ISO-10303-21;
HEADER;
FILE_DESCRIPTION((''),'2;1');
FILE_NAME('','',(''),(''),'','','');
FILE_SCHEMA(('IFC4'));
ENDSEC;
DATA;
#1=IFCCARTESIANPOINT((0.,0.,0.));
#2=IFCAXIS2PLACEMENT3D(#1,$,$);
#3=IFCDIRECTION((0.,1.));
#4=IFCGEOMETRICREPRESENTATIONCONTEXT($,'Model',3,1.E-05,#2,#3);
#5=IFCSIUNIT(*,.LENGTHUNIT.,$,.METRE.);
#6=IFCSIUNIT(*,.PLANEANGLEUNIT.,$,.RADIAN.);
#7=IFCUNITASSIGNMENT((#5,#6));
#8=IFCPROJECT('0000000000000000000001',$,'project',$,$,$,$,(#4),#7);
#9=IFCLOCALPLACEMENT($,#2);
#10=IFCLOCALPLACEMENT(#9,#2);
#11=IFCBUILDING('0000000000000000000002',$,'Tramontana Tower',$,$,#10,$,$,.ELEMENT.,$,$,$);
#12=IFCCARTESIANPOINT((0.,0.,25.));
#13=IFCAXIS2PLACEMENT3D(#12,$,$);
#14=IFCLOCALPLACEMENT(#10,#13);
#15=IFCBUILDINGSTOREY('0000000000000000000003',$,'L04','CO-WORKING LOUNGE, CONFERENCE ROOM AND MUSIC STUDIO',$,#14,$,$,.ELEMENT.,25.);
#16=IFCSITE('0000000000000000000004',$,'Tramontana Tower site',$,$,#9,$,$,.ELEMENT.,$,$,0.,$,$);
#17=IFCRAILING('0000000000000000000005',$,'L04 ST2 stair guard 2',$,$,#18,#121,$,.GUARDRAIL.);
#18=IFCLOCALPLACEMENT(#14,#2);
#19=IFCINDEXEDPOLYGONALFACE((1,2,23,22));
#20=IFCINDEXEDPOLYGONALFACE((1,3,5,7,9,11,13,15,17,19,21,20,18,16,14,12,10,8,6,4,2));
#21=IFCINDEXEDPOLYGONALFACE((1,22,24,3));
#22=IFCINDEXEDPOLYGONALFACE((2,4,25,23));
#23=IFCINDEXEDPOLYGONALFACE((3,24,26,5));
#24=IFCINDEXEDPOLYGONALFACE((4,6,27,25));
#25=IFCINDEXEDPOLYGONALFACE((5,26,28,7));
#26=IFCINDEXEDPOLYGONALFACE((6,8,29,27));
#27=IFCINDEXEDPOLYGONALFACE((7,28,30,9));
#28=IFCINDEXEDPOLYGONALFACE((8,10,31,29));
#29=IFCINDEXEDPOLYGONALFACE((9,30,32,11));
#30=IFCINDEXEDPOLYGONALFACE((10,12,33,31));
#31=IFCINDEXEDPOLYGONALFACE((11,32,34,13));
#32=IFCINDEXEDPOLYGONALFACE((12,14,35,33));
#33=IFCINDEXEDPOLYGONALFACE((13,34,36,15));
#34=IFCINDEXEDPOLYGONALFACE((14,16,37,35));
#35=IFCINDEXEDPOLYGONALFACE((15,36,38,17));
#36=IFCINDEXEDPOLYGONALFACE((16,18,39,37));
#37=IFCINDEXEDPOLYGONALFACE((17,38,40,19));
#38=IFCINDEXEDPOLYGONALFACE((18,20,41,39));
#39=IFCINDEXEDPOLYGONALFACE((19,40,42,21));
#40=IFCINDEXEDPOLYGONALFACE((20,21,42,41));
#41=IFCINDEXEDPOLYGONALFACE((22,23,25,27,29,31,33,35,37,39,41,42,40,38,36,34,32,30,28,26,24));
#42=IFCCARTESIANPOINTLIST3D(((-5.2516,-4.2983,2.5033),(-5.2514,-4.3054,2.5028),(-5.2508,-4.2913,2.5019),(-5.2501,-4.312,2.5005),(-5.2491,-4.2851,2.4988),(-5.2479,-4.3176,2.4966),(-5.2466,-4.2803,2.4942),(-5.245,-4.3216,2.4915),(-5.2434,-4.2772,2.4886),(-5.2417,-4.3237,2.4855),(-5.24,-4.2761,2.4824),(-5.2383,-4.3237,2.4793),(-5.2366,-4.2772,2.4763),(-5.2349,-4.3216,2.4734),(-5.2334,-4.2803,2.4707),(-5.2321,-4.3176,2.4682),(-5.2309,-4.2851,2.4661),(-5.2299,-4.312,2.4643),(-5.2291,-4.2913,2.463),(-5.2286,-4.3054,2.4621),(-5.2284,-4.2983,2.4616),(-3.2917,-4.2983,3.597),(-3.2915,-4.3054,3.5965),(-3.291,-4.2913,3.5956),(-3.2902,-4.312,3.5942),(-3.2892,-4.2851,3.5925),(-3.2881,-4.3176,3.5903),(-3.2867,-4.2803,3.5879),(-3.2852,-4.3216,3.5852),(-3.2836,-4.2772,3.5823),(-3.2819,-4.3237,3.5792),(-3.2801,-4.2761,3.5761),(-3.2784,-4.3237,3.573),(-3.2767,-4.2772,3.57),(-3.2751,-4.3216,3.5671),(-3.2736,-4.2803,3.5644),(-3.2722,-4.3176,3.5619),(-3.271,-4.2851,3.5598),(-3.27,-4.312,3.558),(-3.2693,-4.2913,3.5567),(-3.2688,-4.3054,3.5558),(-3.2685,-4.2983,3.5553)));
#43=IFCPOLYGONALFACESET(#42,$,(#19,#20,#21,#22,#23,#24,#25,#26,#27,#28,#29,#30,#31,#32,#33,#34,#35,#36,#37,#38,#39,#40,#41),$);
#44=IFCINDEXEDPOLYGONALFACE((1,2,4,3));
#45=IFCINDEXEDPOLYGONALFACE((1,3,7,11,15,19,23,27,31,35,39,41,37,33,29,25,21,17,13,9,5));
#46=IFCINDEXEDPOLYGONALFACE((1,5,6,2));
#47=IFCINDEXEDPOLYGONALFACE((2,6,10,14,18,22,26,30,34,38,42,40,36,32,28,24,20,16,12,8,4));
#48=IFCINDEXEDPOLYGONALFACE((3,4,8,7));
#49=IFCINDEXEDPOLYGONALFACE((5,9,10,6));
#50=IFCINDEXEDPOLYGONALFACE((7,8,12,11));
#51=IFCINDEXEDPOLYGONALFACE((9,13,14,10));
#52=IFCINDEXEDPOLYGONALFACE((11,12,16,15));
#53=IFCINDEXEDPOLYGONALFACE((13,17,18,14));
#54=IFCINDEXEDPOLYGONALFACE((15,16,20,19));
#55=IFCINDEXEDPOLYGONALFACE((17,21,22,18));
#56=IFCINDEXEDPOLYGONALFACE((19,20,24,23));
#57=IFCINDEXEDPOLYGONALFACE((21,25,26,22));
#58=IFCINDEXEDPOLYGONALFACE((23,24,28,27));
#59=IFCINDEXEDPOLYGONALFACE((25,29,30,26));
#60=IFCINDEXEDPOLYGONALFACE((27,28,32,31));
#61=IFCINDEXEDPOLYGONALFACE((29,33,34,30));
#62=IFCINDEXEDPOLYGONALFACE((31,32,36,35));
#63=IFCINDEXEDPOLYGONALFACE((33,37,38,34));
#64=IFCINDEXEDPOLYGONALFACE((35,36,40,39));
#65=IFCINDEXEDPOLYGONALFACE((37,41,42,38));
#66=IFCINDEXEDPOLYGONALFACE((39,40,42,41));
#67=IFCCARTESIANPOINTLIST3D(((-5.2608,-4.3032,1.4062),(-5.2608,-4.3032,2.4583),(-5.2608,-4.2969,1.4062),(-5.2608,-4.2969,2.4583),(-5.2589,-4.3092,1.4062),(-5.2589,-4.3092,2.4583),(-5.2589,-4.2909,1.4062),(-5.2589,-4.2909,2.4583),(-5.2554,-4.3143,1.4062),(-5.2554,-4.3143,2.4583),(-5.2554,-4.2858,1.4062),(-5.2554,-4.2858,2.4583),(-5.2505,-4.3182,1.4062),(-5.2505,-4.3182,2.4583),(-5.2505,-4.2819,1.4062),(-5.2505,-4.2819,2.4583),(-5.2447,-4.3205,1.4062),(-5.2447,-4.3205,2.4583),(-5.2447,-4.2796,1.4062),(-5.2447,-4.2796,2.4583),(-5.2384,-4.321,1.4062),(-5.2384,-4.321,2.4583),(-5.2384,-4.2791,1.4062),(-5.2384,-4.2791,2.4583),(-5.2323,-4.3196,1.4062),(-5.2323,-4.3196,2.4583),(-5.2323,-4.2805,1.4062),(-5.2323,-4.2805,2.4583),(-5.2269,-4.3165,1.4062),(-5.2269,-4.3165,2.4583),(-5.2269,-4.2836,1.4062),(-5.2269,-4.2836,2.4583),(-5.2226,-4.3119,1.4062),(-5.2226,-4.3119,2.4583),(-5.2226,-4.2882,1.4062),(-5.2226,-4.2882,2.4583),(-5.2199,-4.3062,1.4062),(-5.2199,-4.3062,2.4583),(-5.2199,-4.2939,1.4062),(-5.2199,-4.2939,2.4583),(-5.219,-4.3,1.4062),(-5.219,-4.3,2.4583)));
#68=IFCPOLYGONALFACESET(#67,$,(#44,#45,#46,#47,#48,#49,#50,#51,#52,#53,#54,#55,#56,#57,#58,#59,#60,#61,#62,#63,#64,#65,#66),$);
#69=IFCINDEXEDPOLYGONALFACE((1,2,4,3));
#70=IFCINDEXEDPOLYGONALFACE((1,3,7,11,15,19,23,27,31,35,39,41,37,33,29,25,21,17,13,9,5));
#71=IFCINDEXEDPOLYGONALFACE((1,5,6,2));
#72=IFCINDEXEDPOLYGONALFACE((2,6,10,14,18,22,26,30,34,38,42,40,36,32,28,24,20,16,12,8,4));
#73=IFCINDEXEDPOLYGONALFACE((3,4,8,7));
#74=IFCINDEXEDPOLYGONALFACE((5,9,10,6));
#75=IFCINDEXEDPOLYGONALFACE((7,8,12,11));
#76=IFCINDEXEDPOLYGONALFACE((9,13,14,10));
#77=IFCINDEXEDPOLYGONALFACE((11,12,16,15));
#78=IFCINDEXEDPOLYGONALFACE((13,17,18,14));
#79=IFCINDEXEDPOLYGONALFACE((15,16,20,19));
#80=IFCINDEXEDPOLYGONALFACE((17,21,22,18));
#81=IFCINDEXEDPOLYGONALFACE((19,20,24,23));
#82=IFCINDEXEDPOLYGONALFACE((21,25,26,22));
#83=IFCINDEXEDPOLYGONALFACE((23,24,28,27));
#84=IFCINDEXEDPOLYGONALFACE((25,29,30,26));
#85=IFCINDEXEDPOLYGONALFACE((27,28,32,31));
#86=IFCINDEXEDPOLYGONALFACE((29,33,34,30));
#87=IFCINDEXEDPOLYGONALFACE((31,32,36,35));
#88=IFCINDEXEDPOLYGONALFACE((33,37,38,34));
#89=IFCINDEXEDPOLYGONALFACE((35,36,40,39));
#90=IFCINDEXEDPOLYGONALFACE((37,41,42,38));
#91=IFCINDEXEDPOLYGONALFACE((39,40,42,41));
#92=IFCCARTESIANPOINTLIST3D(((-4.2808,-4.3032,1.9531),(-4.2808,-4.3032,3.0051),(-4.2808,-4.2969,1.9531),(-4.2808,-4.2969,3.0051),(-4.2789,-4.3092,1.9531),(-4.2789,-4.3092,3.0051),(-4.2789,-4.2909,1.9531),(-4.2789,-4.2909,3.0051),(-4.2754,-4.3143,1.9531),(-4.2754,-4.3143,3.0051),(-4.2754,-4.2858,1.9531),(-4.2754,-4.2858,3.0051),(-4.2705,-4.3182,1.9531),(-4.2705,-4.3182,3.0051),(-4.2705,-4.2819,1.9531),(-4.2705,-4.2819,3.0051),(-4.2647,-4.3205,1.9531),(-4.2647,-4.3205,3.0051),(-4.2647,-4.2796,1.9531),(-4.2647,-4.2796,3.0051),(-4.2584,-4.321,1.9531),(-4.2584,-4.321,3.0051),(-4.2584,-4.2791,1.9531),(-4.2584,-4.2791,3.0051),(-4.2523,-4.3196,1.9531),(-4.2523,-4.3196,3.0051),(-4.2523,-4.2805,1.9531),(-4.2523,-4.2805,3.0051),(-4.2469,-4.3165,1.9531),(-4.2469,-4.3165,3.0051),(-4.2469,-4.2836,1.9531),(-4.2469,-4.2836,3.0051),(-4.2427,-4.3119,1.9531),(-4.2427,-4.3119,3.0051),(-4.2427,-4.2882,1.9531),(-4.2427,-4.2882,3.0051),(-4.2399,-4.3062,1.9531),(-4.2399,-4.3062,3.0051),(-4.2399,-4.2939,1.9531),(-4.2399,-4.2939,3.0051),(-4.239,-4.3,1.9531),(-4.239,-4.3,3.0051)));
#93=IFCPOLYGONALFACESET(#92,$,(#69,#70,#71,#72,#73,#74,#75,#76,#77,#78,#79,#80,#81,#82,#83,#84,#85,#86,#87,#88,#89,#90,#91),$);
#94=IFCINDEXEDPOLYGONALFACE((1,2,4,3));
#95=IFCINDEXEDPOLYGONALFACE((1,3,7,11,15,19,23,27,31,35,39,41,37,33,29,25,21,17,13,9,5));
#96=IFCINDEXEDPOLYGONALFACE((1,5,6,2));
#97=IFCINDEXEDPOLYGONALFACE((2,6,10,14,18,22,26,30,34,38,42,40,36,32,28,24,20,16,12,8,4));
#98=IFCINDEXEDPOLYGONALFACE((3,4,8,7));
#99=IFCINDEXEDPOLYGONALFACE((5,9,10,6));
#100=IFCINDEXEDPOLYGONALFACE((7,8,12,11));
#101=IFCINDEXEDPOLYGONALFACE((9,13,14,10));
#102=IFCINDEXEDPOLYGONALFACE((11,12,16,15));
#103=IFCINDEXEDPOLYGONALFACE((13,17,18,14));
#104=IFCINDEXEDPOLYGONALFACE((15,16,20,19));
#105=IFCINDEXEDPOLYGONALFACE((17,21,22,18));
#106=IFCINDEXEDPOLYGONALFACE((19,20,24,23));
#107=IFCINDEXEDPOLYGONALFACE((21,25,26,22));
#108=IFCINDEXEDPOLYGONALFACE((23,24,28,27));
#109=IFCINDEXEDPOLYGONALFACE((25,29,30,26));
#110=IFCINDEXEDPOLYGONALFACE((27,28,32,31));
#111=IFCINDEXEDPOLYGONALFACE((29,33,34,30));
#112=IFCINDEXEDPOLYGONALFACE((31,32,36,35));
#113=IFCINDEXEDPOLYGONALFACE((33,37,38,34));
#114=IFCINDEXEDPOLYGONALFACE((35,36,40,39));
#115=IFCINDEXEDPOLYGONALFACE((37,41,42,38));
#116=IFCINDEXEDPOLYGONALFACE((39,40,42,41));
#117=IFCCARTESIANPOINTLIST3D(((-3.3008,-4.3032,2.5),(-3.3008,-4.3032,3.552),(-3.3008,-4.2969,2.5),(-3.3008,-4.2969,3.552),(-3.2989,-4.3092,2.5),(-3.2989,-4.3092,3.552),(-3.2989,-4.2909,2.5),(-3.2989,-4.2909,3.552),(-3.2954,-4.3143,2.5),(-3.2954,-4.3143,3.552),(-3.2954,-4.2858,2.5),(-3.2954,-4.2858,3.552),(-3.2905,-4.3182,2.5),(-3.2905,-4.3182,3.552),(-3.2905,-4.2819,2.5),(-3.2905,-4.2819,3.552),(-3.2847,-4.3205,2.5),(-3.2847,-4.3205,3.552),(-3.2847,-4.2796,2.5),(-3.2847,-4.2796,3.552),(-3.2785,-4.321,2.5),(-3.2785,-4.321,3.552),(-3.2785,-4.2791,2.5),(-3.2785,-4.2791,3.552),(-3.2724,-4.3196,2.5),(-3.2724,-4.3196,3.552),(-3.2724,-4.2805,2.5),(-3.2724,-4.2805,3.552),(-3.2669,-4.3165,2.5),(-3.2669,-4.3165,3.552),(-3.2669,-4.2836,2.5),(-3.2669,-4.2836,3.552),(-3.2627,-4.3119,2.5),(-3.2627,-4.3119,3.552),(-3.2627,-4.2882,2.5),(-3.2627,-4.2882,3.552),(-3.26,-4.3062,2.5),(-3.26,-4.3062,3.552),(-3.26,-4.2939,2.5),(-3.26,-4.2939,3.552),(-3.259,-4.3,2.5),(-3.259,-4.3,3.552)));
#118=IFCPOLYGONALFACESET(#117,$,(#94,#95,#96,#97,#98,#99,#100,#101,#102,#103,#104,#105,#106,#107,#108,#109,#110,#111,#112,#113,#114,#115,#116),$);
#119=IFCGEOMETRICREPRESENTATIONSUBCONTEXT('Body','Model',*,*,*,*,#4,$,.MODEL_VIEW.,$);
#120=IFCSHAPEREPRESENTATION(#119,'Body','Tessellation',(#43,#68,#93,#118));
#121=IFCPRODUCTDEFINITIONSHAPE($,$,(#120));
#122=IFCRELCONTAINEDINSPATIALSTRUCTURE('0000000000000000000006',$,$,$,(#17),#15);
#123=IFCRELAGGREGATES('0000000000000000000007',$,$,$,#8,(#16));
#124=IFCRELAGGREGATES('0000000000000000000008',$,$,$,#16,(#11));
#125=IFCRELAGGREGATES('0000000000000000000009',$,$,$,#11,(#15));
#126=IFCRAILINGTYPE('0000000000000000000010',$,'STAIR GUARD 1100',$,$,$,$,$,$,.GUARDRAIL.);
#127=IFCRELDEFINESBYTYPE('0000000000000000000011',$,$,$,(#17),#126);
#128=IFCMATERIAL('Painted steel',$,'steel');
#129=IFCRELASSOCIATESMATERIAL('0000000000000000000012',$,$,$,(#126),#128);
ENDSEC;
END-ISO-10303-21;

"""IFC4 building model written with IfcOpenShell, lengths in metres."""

from ifc_helpers import new_model, si_unit, direction, frame, origin, origin_2d, place, context, subcontext, project, spatial, circle, extrude, material, type_object, element, save


model = new_model("IFC4")

# Units and contexts
model_context = context("Model", 3, precision=1e-05, world=origin(), true_north=direction((0.0, 1.0)))
body_context = subcontext(model_context, "Body", "Model", "MODEL_VIEW")
ifc_project = project(units=[si_unit("LENGTHUNIT", "METRE"), si_unit("PLANEANGLEUNIT", "RADIAN")], contexts=[model_context])

# Site, building, storey
site_placement = place(None, origin())
site = spatial("IfcSite", under=ifc_project, at=site_placement, Name="Tramontana Tower site", CompositionType="ELEMENT", RefElevation=0.0)
building_placement = place(site_placement, origin())
building = spatial("IfcBuilding", under=site, at=building_placement, Name="Tramontana Tower", CompositionType="ELEMENT")
storey_placement = place(building_placement, frame((0.0, 0.0, 25.0)))
storey = spatial("IfcBuildingStorey", under=building, at=storey_placement, Name="L04", Description="CO-WORKING LOUNGE, CONFERENCE ROOM AND MUSIC STUDIO", CompositionType="ELEMENT", Elevation=25.0)

# Railing
ifc_material_1 = material(Name="Painted steel", Category="steel")
railing_type_1 = type_object("IfcRailingType", Name="STAIR GUARD 1100", PredefinedType="GUARDRAIL", material=ifc_material_1)
railing_1_placement = place(storey_placement, frame((-5.24, -4.3, 1.4062)))
element("IfcRailing", 1, at=railing_1_placement, inside=storey, type_object=railing_type_1, Name="L04 ST2 stair guard 2", PredefinedType="GUARDRAIL", context=body_context, shape_type="SweptSolid", body=[
    extrude(circle(Radius=0.0239, at=origin_2d()), frame((0.0, 0.0, 1.0762), z_axis=(0.873232, 0.0, 0.487304), x_axis=(0.0, 1.0, 0.0)), (0.0, 0.0, 1.0), 2.2444),
    extrude(circle(Radius=0.021, at=origin_2d()), origin(), (0.0, 0.0, 1.0), 1.052),
    extrude(circle(Radius=0.021, at=origin_2d()), frame((0.98, 0.0, 0.5469)), (0.0, 0.0, 1.0), 1.052),
    extrude(circle(Radius=0.021, at=origin_2d()), frame((1.96, 0.0, 1.0938)), (0.0, 0.0, 1.0), 1.052),
])

save(model, "model.ifc")
